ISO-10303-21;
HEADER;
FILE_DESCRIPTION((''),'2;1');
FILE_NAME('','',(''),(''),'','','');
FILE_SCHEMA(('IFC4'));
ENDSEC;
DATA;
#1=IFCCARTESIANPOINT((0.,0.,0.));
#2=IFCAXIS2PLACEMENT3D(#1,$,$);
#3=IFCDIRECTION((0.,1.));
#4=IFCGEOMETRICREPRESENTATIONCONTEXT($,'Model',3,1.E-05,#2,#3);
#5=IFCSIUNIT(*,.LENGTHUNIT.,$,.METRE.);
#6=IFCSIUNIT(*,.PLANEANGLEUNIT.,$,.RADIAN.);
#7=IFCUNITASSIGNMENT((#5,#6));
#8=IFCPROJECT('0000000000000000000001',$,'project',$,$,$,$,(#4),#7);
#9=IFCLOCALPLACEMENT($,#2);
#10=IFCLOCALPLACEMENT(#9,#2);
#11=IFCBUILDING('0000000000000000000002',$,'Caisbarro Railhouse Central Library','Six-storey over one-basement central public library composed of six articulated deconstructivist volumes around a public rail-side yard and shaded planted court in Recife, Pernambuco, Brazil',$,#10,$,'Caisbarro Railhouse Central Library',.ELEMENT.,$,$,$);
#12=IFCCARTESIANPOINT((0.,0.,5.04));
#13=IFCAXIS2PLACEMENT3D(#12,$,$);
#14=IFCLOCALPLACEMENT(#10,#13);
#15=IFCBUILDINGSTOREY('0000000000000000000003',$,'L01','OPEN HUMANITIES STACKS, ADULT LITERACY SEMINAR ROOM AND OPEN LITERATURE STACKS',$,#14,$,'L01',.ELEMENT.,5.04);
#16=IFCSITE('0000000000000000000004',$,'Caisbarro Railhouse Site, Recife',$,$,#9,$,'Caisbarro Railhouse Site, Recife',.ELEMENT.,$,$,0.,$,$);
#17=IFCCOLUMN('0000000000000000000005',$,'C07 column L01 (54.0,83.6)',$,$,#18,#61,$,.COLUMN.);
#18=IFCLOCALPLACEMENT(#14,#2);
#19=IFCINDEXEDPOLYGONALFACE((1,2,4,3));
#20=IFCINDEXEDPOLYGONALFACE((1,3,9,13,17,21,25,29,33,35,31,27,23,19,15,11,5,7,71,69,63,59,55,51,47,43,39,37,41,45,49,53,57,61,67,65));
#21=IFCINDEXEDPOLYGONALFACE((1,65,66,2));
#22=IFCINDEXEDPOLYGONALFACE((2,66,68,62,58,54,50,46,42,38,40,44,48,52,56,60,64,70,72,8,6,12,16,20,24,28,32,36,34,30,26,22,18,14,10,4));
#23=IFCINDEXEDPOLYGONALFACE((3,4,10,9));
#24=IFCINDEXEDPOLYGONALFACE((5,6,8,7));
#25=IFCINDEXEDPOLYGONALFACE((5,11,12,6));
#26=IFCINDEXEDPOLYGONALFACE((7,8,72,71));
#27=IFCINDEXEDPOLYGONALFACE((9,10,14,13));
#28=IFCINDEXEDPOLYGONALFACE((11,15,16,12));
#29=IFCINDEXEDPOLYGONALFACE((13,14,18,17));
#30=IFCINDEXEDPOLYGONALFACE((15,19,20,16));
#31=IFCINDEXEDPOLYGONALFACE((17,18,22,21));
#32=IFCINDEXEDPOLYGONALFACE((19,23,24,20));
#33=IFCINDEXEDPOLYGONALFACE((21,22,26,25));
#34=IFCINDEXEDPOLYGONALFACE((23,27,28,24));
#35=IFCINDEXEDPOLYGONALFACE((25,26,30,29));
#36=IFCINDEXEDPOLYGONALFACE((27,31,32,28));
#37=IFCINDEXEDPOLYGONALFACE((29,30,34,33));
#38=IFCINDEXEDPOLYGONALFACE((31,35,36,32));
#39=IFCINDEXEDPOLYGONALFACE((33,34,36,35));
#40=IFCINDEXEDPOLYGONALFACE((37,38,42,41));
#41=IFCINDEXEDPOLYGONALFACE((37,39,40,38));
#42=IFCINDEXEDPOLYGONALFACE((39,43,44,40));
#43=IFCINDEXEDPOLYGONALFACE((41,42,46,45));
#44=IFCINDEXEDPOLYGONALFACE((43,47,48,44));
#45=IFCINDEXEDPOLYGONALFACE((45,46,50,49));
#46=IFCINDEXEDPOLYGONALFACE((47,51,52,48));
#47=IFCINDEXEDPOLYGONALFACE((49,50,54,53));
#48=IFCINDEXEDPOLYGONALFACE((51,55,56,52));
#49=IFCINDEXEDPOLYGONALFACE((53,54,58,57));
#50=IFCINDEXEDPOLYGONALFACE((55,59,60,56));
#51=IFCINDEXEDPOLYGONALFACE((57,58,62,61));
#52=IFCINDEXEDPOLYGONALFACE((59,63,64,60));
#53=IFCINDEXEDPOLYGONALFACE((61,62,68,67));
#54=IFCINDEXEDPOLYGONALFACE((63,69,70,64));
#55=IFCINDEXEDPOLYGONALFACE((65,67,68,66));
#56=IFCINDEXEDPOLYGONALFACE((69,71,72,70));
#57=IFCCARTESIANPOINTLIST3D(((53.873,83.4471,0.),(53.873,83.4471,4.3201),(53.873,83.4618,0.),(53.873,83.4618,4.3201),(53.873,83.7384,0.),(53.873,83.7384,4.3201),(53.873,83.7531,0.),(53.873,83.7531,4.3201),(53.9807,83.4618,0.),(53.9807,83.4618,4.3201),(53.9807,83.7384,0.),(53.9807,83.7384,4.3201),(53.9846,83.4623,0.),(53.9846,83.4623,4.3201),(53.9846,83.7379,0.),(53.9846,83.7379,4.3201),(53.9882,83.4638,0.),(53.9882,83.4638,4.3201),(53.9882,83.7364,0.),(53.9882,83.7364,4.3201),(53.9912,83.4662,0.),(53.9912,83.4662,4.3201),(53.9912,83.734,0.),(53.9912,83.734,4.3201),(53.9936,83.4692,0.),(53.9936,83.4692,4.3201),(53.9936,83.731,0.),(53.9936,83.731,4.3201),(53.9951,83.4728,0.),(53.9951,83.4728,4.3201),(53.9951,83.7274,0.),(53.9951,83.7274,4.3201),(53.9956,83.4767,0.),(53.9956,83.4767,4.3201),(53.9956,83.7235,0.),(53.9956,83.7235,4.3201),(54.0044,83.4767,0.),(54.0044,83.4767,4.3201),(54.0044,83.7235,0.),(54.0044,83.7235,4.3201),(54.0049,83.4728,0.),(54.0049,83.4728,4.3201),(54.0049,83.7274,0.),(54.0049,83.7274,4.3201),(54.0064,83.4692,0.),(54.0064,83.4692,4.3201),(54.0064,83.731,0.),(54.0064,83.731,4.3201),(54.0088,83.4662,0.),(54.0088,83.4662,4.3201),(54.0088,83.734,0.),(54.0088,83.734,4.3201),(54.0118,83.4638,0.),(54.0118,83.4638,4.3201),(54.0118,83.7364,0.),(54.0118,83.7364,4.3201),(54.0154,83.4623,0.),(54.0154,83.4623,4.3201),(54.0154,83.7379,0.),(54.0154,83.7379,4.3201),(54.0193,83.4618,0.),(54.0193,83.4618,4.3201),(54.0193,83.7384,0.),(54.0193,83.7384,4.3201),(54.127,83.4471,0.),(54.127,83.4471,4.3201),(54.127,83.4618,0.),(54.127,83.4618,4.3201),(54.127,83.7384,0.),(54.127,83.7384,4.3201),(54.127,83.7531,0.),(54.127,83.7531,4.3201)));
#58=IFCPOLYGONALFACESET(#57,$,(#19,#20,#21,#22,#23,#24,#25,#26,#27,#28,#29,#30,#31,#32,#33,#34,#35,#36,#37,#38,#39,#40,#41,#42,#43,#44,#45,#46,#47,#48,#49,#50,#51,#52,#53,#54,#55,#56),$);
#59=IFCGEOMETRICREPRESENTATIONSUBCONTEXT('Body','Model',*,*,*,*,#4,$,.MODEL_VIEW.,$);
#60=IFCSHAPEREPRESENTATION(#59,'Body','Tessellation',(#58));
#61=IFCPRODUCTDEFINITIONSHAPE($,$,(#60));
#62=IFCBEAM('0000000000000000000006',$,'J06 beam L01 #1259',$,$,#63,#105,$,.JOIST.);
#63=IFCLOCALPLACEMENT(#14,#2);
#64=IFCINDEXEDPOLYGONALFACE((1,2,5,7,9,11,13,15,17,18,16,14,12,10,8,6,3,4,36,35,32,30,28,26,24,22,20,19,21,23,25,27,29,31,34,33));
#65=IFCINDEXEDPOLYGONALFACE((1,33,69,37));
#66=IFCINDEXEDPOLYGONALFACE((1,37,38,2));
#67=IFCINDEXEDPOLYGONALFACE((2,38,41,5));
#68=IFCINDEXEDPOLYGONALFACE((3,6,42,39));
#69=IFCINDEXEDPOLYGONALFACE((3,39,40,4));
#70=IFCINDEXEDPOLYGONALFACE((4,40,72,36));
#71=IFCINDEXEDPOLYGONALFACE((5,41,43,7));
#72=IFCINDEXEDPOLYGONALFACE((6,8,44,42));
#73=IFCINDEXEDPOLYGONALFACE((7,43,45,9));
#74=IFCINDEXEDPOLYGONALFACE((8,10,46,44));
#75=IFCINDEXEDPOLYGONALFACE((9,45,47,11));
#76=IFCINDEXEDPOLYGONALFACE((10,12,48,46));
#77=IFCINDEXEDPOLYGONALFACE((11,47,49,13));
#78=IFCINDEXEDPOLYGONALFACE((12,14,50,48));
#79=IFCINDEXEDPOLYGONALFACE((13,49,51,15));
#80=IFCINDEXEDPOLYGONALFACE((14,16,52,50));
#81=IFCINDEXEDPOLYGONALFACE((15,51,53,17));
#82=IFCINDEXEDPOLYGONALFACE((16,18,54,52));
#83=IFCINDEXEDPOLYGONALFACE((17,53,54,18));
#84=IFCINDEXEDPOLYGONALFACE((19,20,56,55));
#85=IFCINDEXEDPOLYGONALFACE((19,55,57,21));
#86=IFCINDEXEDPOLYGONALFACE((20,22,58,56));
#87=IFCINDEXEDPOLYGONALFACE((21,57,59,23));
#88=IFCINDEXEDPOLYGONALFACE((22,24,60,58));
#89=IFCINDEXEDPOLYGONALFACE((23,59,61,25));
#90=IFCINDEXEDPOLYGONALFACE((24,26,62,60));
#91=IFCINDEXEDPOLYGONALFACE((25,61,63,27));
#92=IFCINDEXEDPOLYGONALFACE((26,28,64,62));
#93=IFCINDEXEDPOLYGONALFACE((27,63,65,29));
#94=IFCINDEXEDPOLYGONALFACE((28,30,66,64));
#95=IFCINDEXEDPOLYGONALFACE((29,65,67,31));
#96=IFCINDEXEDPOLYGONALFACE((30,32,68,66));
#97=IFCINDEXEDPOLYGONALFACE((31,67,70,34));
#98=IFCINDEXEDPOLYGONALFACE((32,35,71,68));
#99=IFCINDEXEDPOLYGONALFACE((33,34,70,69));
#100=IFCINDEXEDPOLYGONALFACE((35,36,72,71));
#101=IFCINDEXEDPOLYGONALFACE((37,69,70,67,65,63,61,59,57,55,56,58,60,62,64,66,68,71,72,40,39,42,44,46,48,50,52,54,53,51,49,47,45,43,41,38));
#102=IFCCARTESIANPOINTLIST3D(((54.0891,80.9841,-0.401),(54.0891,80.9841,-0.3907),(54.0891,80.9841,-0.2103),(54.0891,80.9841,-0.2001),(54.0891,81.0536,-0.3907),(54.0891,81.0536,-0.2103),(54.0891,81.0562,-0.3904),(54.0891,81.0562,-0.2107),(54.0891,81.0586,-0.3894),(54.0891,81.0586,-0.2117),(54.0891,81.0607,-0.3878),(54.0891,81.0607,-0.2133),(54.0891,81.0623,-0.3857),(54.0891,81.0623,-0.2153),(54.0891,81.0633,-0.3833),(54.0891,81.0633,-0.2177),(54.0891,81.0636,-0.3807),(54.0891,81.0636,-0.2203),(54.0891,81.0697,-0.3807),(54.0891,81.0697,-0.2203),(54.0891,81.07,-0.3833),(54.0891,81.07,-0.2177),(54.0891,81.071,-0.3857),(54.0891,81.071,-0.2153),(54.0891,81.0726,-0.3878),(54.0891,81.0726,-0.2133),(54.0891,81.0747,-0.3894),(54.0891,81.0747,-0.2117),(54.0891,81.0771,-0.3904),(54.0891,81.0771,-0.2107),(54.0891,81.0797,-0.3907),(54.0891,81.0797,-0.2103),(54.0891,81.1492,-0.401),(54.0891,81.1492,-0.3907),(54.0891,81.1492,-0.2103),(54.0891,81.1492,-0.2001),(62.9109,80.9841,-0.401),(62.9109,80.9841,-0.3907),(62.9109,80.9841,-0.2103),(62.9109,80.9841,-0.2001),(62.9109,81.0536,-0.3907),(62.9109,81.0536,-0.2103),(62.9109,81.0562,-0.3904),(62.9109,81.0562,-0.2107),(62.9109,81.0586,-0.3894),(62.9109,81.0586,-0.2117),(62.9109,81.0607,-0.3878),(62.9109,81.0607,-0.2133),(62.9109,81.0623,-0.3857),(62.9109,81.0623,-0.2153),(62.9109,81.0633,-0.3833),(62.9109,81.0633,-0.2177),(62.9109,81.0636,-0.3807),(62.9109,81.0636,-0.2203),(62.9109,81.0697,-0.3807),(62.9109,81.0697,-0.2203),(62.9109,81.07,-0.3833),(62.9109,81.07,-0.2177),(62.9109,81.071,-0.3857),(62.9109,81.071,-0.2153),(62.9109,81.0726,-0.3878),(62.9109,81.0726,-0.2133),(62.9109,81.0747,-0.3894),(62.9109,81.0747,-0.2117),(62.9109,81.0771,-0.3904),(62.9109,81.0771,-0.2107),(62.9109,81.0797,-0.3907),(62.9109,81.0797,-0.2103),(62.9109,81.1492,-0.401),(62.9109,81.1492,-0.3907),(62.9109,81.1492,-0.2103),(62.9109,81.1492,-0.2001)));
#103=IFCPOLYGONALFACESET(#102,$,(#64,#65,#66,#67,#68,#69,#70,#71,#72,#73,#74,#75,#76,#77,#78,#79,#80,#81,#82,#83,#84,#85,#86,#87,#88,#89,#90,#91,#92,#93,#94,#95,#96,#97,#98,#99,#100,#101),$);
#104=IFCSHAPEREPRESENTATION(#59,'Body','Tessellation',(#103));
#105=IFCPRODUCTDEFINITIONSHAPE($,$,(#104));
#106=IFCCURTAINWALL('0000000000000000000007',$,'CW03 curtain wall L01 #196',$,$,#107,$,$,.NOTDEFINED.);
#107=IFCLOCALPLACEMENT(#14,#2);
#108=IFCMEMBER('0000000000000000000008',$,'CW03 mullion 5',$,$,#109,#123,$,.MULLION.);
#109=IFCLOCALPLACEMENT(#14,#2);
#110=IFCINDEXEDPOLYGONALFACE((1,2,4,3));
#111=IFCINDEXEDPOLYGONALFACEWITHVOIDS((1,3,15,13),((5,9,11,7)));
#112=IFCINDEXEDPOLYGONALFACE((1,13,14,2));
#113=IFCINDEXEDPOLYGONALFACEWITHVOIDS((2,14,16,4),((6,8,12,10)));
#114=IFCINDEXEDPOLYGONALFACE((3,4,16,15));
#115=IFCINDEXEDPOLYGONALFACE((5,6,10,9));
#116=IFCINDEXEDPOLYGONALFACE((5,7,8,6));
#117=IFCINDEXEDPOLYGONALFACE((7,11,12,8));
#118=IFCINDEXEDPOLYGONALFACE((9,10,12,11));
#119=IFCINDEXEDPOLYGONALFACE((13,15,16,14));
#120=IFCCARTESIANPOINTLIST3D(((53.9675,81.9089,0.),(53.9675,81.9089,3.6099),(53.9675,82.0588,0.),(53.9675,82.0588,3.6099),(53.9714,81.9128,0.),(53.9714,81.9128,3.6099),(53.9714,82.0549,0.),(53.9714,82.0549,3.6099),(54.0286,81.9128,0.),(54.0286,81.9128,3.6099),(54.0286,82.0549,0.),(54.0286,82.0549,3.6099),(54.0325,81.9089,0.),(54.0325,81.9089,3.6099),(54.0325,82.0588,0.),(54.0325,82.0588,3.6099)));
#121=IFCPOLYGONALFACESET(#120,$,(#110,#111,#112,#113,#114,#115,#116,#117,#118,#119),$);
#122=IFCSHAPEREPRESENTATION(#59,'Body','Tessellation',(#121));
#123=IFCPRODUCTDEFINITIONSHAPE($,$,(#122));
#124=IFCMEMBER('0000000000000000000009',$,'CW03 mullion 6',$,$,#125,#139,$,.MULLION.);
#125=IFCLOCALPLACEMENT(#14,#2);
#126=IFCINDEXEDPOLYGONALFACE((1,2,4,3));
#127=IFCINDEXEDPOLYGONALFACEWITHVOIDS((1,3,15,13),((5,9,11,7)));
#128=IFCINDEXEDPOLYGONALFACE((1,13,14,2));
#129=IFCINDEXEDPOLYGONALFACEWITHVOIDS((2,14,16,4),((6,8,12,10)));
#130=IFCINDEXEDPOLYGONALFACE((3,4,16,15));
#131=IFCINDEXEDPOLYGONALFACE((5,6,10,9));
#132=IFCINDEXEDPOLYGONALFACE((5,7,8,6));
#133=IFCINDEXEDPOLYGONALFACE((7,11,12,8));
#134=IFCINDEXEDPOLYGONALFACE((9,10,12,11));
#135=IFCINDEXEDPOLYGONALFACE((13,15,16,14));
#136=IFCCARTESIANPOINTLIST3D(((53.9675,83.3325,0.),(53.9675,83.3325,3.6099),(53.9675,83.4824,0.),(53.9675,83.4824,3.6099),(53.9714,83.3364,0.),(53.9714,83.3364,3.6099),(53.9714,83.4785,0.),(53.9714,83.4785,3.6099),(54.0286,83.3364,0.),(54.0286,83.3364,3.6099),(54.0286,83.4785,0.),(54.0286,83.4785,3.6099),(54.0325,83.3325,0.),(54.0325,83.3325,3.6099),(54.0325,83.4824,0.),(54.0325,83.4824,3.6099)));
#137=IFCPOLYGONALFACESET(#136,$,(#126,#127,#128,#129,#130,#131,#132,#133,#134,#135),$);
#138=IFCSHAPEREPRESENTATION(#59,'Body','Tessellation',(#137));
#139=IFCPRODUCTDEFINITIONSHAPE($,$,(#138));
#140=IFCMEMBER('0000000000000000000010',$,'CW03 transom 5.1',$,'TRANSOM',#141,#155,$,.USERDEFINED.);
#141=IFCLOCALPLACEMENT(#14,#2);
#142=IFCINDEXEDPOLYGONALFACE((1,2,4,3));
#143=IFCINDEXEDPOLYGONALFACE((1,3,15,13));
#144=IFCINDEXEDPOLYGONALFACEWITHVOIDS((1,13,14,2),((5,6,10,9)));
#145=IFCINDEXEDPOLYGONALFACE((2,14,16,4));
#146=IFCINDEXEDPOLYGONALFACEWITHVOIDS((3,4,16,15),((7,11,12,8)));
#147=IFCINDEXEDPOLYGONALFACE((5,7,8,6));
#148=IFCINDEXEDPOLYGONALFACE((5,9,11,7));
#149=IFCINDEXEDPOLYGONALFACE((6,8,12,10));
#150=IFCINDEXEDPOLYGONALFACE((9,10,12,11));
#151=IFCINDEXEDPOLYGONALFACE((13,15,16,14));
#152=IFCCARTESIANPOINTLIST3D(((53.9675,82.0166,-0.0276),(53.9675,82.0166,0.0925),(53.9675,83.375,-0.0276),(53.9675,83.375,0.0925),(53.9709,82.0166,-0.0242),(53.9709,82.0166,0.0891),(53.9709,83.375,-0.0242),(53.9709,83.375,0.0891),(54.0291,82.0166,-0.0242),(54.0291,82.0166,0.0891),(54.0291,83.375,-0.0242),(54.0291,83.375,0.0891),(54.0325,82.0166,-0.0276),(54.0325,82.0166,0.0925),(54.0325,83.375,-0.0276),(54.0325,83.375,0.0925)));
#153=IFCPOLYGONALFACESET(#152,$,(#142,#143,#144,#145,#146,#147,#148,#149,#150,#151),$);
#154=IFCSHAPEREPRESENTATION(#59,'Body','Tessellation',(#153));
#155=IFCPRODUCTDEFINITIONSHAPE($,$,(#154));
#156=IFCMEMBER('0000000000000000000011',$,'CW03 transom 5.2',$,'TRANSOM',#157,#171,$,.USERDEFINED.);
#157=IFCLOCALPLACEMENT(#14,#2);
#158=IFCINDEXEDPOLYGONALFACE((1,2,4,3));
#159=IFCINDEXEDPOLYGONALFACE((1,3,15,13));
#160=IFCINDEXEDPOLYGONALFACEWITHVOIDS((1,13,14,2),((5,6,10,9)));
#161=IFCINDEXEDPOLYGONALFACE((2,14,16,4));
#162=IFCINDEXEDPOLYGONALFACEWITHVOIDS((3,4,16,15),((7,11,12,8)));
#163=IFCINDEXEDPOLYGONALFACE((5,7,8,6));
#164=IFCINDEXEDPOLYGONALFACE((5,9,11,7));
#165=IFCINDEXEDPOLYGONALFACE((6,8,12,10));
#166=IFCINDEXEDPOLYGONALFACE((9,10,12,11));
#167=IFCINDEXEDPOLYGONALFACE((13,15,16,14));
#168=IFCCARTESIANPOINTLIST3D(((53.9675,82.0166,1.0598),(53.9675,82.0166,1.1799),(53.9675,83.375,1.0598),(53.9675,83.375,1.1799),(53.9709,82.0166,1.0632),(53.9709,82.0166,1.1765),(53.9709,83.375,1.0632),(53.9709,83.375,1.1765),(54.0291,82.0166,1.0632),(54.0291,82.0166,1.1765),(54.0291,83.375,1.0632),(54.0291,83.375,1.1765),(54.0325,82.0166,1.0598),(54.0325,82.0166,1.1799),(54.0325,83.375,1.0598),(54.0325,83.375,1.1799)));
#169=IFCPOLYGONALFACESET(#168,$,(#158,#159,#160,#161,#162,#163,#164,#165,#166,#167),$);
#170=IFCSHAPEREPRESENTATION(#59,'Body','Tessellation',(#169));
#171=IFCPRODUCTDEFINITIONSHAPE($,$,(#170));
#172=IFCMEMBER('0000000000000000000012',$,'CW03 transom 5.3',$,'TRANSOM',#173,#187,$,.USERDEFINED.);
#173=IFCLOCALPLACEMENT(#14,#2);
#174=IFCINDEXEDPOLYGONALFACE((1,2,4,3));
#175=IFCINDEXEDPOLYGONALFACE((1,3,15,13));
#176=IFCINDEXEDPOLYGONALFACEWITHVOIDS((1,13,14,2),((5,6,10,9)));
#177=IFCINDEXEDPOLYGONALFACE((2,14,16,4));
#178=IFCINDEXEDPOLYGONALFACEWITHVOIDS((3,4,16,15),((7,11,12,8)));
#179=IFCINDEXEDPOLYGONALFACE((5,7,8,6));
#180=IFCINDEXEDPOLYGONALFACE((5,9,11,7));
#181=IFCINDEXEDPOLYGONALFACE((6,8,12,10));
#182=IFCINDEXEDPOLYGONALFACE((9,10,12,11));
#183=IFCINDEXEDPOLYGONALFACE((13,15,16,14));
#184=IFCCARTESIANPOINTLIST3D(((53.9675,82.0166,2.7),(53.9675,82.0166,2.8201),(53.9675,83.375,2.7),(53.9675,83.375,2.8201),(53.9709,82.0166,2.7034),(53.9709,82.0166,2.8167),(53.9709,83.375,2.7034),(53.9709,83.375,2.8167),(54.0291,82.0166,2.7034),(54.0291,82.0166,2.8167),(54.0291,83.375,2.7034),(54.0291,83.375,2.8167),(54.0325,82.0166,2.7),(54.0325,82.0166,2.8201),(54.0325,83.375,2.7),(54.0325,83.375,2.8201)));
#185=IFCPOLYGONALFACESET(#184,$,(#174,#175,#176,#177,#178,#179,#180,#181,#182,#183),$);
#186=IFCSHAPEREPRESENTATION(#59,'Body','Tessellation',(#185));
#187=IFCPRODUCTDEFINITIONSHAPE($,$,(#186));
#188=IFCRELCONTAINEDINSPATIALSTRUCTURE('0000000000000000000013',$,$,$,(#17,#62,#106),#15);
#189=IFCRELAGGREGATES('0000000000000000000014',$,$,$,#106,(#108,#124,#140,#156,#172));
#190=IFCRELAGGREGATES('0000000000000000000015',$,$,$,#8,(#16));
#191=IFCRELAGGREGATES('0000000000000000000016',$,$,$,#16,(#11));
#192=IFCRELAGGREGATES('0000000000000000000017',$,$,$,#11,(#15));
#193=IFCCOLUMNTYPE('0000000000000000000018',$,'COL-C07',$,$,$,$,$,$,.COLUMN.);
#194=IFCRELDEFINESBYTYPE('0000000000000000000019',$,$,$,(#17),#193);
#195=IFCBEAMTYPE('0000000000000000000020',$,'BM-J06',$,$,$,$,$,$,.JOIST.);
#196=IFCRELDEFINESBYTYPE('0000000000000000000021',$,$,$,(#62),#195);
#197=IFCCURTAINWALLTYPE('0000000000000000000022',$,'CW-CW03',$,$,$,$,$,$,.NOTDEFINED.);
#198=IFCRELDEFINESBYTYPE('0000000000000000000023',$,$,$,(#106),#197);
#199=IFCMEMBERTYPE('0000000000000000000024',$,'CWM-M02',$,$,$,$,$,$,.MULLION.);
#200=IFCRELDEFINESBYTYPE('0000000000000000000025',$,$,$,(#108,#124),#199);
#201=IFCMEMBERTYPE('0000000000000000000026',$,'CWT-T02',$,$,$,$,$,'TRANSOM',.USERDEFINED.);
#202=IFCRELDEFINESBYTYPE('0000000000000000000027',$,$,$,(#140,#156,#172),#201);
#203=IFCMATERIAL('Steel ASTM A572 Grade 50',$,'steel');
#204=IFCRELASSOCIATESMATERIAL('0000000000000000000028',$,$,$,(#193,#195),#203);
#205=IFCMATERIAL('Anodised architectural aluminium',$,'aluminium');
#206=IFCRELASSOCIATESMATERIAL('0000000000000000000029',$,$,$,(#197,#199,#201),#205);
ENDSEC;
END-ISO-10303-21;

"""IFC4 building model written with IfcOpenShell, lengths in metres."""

from ifc_helpers import new_model, si_unit, direction, frame, origin, origin_2d, place, context, subcontext, project, spatial, hollow_rectangle, i_section, extrude, material, material_profile, profile_set, type_object, element, aggregate, save


model = new_model("IFC4")

# Units and contexts
model_context = context("Model", 3, precision=1e-05, world=origin(), true_north=direction((0.0, 1.0)))
body_context = subcontext(model_context, "Body", "Model", "MODEL_VIEW")
ifc_project = project(units=[si_unit("LENGTHUNIT", "METRE"), si_unit("PLANEANGLEUNIT", "RADIAN")], contexts=[model_context])

# Site, building, storey
site_placement = place(None, origin())
site = spatial("IfcSite", under=ifc_project, at=site_placement, Name="Caisbarro Railhouse Site, Recife", LongName="Caisbarro Railhouse Site, Recife", CompositionType="ELEMENT", RefElevation=0.0)
building_placement = place(site_placement, origin())
building = spatial("IfcBuilding", under=site, at=building_placement, Name="Caisbarro Railhouse Central Library", Description="Six-storey over one-basement central public library composed of six articulated deconstructivist volumes around a public rail-side yard and shaded planted court in Recife, Pernambuco, Brazil", LongName="Caisbarro Railhouse Central Library", CompositionType="ELEMENT")
storey_placement = place(building_placement, frame((0.0, 0.0, 5.04)))
storey = spatial("IfcBuildingStorey", under=building, at=storey_placement, Name="L01", Description="OPEN HUMANITIES STACKS, ADULT LITERACY SEMINAR ROOM AND OPEN LITERATURE STACKS", LongName="L01", CompositionType="ELEMENT", Elevation=5.04)

# Column
ifc_material_1 = material(Name="Steel ASTM A572 Grade 50", Category="steel")
ifc_material_profile_1 = material_profile(ifc_material_1, i_section(OverallWidth=0.2539, OverallDepth=0.3059, WebThickness=0.0088, FlangeThickness=0.0146, FilletRadius=0.0149, at=origin_2d()), Name="W310X79.0")
ifc_profile_set_1 = profile_set([ifc_material_profile_1], Name="Steel ASTM A572 Grade 50")
column_type = type_object("IfcColumnType", Name="COL-C07", PredefinedType="COLUMN", material=ifc_profile_set_1)
column_placement = place(storey_placement, frame((54.0, 83.6001, 0.0), z_axis=(0.0, 0.0, 1.0), x_axis=(1.0, 0.0, 0.0)))
element("IfcColumn", 1, at=column_placement, inside=storey, type_object=column_type, Name="C07 column L01 (54.0,83.6)", PredefinedType="COLUMN", context=body_context, shape_type="SweptSolid", body=[
    extrude(i_section(OverallWidth=0.2539, OverallDepth=0.3059, WebThickness=0.0088, FlangeThickness=0.0146, FilletRadius=0.0149, at=origin_2d()), origin(), (0.0, 0.0, 1.0), 4.3201),
])

# Beam
ifc_material_profile_2 = material_profile(ifc_material_1, i_section(OverallWidth=0.165, OverallDepth=0.2009, WebThickness=0.0061, FlangeThickness=0.0103, FilletRadius=0.01, at=origin_2d()), Name="W200X35.9")
ifc_profile_set_2 = profile_set([ifc_material_profile_2], Name="Steel ASTM A572 Grade 50")
beam_type = type_object("IfcBeamType", Name="BM-J06", PredefinedType="JOIST", material=ifc_profile_set_2)
beam_placement = place(storey_placement, frame((54.0891, 81.0667, -0.3005), z_axis=(1.0, 0.0, 0.0), x_axis=(0.0, 1.0, 0.0)))
element("IfcBeam", 2, at=beam_placement, inside=storey, type_object=beam_type, Name="J06 beam L01 #1259", PredefinedType="JOIST", context=body_context, shape_type="SweptSolid", body=[
    extrude(i_section(OverallWidth=0.165, OverallDepth=0.2009, WebThickness=0.0061, FlangeThickness=0.0103, FilletRadius=0.01, at=origin_2d()), origin(), (0.0, 0.0, 1.0), 8.8218),
])

# Curtain wall, members
ifc_material_2 = material(Name="Anodised architectural aluminium", Category="aluminium")
curtain_wall_type = type_object("IfcCurtainWallType", Name="CW-CW03", PredefinedType="NOTDEFINED", material=ifc_material_2)
curtain_wall_1_placement = place(storey_placement, origin())
curtain_wall_1 = element("IfcCurtainWall", 3, at=curtain_wall_1_placement, inside=storey, type_object=curtain_wall_type, Name="CW03 curtain wall L01 #196", PredefinedType="NOTDEFINED")
ifc_material_profile_3 = material_profile(ifc_material_2, hollow_rectangle(XDim=0.0649, YDim=0.1499, WallThickness=0.0039, at=origin_2d()), Name="ALU-MUL-65X150")
ifc_profile_set_3 = profile_set([ifc_material_profile_3], Name="Anodised architectural aluminium")
member_type_1 = type_object("IfcMemberType", Name="CWM-M02", PredefinedType="MULLION", material=ifc_profile_set_3)
member_1_placement = place(storey_placement, frame((54.0, 81.9839, 0.0), z_axis=(0.0, 0.0, 1.0), x_axis=(-1.0, 0.0, 0.0)))
member_1 = element("IfcMember", 4, at=member_1_placement, type_object=member_type_1, Name="CW03 mullion 5", PredefinedType="MULLION", context=body_context, shape_type="SweptSolid", body=[
    extrude(hollow_rectangle(XDim=0.0649, YDim=0.1499, WallThickness=0.0039, at=origin_2d()), origin(), (0.0, 0.0, 1.0), 3.6099),
])
member_2_placement = place(storey_placement, frame((54.0, 83.4075, 0.0), z_axis=(0.0, 0.0, 1.0), x_axis=(-1.0, 0.0, 0.0)))
member_2 = element("IfcMember", 5, at=member_2_placement, type_object=member_type_1, Name="CW03 mullion 6", PredefinedType="MULLION", context=body_context, shape_type="SweptSolid", body=[
    extrude(hollow_rectangle(XDim=0.0649, YDim=0.1499, WallThickness=0.0039, at=origin_2d()), origin(), (0.0, 0.0, 1.0), 3.6099),
])
ifc_material_profile_4 = material_profile(ifc_material_2, hollow_rectangle(XDim=0.0649, YDim=0.1201, WallThickness=0.0034, at=origin_2d()), Name="ALU-TRN-65X120")
ifc_profile_set_4 = profile_set([ifc_material_profile_4], Name="Anodised architectural aluminium")
member_type_2 = type_object("IfcMemberType", Name="CWT-T02", ElementType="TRANSOM", PredefinedType="USERDEFINED", material=ifc_profile_set_4)
member_3_placement = place(storey_placement, frame((54.0, 82.0166, 0.0325), z_axis=(0.0, 1.0, 0.0), x_axis=(-1.0, 0.0, 0.0)))
member_3 = element("IfcMember", 6, at=member_3_placement, type_object=member_type_2, Name="CW03 transom 5.1", ObjectType="TRANSOM", PredefinedType="USERDEFINED", context=body_context, shape_type="SweptSolid", body=[
    extrude(hollow_rectangle(XDim=0.0649, YDim=0.1201, WallThickness=0.0034, at=origin_2d()), origin(), (0.0, 0.0, 1.0), 1.3584),
])
member_4_placement = place(storey_placement, frame((54.0, 82.0166, 1.1199), z_axis=(0.0, 1.0, 0.0), x_axis=(-1.0, 0.0, 0.0)))
member_4 = element("IfcMember", 7, at=member_4_placement, type_object=member_type_2, Name="CW03 transom 5.2", ObjectType="TRANSOM", PredefinedType="USERDEFINED", context=body_context, shape_type="SweptSolid", body=[
    extrude(hollow_rectangle(XDim=0.0649, YDim=0.1201, WallThickness=0.0034, at=origin_2d()), origin(), (0.0, 0.0, 1.0), 1.3584),
])
member_5_placement = place(storey_placement, frame((54.0, 82.0166, 2.76), z_axis=(0.0, 1.0, 0.0), x_axis=(-1.0, 0.0, 0.0)))
member_5 = element("IfcMember", 8, at=member_5_placement, type_object=member_type_2, Name="CW03 transom 5.3", ObjectType="TRANSOM", PredefinedType="USERDEFINED", context=body_context, shape_type="SweptSolid", body=[
    extrude(hollow_rectangle(XDim=0.0649, YDim=0.1201, WallThickness=0.0034, at=origin_2d()), origin(), (0.0, 0.0, 1.0), 1.3584),
])

aggregate(curtain_wall_1, [member_1, member_2, member_3, member_4, member_5])

save(model, "model.ifc")
